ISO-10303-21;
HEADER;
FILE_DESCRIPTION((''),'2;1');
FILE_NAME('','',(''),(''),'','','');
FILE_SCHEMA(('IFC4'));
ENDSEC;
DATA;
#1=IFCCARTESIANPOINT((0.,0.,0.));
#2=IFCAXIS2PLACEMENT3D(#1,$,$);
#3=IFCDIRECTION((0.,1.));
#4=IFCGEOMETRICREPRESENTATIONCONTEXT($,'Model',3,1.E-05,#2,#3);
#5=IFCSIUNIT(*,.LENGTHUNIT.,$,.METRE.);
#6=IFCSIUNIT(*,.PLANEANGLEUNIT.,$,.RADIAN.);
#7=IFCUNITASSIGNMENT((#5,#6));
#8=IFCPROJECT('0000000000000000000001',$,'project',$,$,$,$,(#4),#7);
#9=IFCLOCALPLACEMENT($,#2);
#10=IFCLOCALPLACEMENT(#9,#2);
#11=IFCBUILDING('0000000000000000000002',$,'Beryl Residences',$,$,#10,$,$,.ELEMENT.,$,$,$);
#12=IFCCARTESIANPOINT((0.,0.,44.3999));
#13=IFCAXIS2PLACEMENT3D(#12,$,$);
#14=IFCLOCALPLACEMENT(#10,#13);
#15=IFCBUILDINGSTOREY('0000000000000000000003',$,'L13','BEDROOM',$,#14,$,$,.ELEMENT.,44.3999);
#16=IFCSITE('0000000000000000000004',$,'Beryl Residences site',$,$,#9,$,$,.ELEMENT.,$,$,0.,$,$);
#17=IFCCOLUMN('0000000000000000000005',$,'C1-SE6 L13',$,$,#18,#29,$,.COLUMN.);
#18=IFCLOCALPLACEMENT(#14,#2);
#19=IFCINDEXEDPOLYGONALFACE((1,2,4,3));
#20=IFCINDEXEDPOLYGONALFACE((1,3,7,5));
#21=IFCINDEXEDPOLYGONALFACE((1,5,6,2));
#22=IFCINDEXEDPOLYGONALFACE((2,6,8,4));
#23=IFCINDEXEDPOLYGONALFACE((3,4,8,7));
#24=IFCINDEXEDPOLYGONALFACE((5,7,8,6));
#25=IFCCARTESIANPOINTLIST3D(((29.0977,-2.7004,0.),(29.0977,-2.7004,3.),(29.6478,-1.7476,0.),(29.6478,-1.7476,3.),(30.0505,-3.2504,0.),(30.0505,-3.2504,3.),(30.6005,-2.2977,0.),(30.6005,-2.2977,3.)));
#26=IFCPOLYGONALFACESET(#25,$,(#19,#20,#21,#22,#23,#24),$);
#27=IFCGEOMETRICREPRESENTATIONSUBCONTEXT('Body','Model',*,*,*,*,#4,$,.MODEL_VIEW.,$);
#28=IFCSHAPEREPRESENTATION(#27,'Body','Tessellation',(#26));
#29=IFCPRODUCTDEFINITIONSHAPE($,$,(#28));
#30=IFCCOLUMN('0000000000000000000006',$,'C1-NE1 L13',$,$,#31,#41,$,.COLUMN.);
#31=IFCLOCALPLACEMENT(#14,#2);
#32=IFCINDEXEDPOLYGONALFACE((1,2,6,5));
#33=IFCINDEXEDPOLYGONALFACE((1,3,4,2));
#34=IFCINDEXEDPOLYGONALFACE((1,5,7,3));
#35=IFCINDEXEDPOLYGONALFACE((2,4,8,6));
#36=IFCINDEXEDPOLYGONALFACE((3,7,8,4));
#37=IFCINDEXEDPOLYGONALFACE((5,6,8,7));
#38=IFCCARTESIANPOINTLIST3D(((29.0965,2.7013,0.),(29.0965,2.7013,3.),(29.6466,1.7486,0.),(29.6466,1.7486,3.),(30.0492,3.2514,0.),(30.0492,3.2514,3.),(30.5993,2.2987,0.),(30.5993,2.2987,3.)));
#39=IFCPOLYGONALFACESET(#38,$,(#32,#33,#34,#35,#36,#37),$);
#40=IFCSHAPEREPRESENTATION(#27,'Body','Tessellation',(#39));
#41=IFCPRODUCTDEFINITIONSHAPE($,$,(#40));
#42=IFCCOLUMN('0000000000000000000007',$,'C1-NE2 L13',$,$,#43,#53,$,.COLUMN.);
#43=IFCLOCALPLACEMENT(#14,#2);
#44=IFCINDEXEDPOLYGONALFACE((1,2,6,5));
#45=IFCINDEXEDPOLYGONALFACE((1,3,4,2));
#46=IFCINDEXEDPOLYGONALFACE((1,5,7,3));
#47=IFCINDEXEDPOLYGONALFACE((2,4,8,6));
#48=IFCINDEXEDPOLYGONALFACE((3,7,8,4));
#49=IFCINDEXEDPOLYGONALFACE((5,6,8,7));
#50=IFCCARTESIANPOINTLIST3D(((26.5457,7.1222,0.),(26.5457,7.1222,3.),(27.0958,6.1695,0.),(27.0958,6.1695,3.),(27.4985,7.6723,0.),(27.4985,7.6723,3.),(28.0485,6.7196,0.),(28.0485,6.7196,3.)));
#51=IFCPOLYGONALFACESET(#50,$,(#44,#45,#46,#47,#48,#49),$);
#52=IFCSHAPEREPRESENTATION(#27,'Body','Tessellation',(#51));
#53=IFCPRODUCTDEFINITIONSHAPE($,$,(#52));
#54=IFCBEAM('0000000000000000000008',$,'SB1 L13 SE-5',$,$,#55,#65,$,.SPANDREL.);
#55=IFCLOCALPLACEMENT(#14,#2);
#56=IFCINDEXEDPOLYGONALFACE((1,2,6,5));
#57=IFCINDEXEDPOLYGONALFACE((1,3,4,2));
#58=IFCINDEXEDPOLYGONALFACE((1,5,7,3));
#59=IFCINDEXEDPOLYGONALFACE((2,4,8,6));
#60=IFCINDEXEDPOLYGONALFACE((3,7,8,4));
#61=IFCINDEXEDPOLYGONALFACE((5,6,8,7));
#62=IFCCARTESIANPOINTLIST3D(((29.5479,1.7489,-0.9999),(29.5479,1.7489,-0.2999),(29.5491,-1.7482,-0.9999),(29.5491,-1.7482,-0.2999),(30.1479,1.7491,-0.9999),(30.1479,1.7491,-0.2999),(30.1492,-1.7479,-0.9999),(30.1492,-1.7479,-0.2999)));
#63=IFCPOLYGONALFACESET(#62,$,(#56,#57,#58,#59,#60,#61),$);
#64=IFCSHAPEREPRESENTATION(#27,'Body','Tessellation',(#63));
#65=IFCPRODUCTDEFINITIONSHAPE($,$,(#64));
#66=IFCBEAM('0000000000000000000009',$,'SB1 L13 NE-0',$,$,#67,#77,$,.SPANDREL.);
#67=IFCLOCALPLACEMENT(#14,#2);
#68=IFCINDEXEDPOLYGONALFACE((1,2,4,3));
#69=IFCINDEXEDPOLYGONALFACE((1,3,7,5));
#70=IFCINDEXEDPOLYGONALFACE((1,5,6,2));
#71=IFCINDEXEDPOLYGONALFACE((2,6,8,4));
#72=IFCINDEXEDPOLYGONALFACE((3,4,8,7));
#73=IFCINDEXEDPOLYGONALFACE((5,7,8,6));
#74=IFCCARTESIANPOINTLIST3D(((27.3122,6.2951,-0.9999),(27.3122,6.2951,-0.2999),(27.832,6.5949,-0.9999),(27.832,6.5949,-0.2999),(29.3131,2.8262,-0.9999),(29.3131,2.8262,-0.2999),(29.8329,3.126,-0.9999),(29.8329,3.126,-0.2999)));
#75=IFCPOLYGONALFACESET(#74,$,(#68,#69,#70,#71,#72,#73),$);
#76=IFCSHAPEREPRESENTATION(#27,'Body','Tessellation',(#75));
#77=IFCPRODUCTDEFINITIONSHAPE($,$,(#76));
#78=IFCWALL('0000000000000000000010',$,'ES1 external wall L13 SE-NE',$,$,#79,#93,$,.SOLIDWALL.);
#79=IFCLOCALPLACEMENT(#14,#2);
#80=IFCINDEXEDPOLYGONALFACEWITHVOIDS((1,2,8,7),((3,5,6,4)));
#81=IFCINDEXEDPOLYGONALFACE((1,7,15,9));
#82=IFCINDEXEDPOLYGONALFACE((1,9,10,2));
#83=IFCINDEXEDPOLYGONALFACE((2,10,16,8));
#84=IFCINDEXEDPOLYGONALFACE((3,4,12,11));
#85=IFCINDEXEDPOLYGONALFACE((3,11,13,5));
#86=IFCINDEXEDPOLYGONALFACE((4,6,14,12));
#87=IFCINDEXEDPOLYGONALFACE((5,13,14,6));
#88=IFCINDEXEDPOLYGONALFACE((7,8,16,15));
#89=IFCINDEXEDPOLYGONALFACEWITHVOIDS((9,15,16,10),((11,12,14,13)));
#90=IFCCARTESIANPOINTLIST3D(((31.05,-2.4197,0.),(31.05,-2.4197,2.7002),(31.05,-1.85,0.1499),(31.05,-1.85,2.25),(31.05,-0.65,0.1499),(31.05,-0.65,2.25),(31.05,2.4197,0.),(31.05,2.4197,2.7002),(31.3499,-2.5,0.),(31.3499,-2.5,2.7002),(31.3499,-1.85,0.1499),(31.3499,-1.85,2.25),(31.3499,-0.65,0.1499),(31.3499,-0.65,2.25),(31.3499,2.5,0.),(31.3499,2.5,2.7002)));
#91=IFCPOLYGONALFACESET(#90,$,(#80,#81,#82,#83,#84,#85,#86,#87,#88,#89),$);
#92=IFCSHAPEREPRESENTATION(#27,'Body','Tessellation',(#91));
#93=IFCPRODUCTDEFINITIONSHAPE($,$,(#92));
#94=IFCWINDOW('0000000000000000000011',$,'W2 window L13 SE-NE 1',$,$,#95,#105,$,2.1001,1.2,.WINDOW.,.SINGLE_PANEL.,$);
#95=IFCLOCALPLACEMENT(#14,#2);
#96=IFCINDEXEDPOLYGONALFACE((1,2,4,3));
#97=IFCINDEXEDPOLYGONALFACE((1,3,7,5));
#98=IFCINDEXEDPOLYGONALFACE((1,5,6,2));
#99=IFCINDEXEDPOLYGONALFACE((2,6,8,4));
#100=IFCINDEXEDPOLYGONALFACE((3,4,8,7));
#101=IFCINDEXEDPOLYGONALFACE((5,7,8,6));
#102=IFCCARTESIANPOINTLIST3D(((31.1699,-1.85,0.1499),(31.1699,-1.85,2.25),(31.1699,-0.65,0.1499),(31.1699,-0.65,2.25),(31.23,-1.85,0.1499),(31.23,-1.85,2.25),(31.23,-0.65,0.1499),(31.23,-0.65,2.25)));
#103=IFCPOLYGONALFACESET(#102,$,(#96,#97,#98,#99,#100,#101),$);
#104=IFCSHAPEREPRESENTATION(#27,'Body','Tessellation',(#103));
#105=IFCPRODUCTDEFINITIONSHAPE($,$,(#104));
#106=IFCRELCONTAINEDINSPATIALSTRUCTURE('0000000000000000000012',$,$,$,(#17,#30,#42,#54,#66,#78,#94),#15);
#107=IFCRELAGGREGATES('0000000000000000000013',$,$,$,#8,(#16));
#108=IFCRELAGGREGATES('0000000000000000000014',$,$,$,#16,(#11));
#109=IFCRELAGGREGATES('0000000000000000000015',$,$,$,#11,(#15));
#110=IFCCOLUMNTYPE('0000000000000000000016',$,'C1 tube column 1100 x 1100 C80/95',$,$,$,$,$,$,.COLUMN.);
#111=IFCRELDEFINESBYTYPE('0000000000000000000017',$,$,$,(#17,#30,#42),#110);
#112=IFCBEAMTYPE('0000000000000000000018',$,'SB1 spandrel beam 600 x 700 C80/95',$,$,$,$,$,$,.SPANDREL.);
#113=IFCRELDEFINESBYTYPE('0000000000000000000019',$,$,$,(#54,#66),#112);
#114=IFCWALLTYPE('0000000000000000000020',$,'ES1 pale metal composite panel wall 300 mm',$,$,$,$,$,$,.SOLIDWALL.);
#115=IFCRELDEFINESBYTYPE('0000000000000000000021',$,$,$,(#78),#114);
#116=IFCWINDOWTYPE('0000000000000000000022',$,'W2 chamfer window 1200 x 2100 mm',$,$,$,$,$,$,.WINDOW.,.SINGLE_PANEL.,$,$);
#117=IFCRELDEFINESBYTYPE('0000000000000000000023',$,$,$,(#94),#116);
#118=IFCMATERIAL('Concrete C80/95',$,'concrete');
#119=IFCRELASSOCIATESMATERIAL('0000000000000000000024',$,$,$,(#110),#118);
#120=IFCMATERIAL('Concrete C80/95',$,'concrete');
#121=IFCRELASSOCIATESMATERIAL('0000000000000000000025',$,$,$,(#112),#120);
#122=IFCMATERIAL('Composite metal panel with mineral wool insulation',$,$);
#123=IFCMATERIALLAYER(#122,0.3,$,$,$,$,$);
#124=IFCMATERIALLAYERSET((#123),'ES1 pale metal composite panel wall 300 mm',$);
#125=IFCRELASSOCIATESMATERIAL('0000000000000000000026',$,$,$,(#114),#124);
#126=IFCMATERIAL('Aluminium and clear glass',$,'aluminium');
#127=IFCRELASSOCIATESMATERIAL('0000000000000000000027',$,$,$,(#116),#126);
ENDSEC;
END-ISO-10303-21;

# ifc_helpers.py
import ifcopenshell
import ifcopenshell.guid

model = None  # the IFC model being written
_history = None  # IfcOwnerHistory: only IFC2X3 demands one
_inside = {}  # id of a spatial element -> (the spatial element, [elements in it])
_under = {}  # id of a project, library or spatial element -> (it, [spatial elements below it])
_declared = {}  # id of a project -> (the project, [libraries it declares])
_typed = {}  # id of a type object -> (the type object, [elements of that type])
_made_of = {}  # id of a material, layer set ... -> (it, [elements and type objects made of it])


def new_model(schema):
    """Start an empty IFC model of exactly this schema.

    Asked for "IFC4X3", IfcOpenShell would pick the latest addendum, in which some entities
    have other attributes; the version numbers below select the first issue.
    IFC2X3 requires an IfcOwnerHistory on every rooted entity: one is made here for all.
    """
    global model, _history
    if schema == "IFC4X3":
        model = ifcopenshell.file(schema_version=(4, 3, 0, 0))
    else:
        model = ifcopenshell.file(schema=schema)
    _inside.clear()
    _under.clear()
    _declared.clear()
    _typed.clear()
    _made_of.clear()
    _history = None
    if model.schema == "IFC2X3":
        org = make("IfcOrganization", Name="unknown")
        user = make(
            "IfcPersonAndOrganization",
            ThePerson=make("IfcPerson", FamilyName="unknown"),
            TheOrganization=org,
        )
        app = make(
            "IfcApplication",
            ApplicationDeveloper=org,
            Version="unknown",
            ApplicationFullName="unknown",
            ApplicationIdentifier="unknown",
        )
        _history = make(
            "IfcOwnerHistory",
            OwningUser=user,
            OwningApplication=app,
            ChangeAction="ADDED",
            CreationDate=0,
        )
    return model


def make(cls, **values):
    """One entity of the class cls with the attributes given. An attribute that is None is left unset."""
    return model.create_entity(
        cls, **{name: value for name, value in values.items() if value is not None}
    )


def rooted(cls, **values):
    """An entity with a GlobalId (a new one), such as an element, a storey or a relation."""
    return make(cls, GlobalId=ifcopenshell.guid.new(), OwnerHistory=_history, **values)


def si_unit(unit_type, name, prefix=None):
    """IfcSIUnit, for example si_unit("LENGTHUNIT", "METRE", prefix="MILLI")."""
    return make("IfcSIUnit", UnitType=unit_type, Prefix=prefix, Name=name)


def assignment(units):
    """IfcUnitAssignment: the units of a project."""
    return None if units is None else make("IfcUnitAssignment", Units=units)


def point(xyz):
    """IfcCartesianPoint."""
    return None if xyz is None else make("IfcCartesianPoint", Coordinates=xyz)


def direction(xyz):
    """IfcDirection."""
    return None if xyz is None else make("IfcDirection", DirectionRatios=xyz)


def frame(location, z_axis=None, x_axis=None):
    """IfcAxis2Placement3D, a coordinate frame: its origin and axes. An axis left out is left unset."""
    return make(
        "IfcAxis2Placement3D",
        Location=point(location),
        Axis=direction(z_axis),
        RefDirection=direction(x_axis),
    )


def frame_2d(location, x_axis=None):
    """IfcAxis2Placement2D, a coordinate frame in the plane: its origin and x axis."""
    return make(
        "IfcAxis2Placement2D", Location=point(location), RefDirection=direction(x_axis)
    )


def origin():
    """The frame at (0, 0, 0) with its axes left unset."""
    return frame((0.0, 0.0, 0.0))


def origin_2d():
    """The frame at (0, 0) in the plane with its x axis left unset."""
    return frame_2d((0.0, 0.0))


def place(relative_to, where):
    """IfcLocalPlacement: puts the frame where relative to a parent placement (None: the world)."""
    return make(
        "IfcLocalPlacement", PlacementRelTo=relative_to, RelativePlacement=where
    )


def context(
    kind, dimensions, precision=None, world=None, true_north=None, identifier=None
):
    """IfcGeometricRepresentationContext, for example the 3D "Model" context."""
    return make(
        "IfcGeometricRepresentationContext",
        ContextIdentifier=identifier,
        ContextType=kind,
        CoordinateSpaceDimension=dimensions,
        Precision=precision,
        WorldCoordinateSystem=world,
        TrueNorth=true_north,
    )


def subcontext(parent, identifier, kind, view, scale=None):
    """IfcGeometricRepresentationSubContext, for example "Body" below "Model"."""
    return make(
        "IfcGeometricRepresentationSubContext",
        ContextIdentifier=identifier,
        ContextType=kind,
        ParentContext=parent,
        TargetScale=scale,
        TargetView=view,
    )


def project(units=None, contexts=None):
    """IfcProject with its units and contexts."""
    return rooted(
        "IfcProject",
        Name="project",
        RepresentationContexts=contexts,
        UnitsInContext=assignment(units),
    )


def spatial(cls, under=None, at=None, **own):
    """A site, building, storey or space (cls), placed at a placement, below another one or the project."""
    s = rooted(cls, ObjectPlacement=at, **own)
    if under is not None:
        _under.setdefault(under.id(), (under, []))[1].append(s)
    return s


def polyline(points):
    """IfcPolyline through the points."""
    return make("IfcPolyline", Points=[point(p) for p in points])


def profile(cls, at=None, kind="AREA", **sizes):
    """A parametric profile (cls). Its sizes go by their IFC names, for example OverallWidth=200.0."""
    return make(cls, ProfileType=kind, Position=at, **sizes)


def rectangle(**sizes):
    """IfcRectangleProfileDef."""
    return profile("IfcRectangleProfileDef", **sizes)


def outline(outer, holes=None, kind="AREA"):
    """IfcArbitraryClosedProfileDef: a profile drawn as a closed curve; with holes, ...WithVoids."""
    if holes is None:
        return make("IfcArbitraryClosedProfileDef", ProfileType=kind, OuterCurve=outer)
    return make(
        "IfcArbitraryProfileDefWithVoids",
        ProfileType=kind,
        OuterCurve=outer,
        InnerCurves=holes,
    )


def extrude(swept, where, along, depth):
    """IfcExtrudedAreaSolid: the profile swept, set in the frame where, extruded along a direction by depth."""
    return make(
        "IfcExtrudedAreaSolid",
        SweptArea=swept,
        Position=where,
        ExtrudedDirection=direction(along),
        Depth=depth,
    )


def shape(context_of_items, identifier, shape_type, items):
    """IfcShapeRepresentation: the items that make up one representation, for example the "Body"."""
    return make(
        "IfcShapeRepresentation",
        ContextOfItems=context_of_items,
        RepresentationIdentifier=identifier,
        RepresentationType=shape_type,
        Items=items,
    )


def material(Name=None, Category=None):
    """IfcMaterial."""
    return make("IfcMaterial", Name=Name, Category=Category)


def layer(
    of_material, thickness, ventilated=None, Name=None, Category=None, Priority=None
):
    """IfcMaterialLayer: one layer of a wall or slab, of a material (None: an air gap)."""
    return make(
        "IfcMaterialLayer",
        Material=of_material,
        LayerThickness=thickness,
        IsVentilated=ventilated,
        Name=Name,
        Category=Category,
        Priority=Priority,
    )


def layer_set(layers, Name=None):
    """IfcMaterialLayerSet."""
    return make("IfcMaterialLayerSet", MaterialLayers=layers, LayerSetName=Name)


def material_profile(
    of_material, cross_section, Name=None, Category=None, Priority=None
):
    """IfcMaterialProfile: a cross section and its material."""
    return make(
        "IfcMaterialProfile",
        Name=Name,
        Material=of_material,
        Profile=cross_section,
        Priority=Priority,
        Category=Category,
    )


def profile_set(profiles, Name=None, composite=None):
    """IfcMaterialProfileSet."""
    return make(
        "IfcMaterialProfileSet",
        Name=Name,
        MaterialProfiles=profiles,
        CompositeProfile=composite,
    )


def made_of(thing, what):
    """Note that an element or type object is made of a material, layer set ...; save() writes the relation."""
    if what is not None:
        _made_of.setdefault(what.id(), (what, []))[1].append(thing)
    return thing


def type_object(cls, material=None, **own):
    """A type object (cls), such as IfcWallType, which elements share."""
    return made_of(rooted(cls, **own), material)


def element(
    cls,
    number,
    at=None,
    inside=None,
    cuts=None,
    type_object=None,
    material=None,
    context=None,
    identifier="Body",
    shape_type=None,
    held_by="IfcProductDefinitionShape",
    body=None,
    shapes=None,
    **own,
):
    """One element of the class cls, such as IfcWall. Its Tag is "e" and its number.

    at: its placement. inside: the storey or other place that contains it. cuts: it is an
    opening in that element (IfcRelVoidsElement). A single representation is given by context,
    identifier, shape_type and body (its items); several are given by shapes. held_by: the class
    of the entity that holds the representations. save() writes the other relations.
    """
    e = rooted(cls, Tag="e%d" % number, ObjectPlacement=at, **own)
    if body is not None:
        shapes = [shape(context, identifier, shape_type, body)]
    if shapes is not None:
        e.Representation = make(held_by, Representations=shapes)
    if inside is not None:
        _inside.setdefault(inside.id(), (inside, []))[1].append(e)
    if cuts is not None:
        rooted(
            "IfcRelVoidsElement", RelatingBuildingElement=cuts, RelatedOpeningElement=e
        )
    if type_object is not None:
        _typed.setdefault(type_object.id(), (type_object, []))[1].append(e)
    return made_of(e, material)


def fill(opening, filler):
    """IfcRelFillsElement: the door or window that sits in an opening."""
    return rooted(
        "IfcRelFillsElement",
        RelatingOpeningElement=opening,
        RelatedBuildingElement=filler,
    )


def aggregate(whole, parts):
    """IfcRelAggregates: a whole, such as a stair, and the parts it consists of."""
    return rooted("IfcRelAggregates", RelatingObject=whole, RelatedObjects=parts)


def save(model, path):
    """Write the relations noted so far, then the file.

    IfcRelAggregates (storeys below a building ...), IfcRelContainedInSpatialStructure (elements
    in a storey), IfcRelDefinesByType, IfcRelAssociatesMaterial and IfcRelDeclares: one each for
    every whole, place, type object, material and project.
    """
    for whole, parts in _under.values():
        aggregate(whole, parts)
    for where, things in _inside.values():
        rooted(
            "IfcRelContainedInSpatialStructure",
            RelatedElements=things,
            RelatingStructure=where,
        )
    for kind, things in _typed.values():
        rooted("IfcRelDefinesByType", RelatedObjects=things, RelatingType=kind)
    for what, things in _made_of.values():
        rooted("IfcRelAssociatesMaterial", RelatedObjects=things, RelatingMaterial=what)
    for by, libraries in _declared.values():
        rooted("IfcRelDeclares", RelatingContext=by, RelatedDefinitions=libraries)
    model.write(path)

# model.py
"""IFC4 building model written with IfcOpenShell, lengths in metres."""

from ifc_helpers import new_model, si_unit, direction, frame, frame_2d, origin, origin_2d, place, context, subcontext, project, spatial, polyline, rectangle, outline, extrude, material, layer, layer_set, material_profile, profile_set, type_object, element, fill, save


model = new_model("IFC4")

# Units and contexts
model_context = context("Model", 3, precision=1e-05, world=origin(), true_north=direction((0.0, 1.0)))
body_context = subcontext(model_context, "Body", "Model", "MODEL_VIEW")
ifc_project = project(units=[si_unit("LENGTHUNIT", "METRE"), si_unit("PLANEANGLEUNIT", "RADIAN")], contexts=[model_context])

# Site, building, storey
site_placement = place(None, origin())
site = spatial("IfcSite", under=ifc_project, at=site_placement, Name="Beryl Residences site", CompositionType="ELEMENT", RefElevation=0.0)
building_placement = place(site_placement, origin())
building = spatial("IfcBuilding", under=site, at=building_placement, Name="Beryl Residences", CompositionType="ELEMENT")
storey_placement = place(building_placement, frame((0.0, 0.0, 44.3999)))
storey = spatial("IfcBuildingStorey", under=building, at=storey_placement, Name="L13", Description="BEDROOM", CompositionType="ELEMENT", Elevation=44.3999)

# Columns
ifc_material_1 = material(Name="Concrete C80/95", Category="concrete")
ifc_material_profile_1 = material_profile(ifc_material_1, rectangle(XDim=1.1001, YDim=1.1001, at=origin_2d()))
ifc_profile_set_1 = profile_set([ifc_material_profile_1], Name="Concrete C80/95")
column_type = type_object("IfcColumnType", Name="C1 tube column 1100 x 1100 C80/95", PredefinedType="COLUMN", material=ifc_profile_set_1)
for number, where, z_axis, x_axis, name in (
    (1, (29.8491, -2.499, 0.0), (0.0, 0.0, 1.0), (0.499985, 0.866034, 0.0), "C1-SE6 L13"),
    (2, (29.8479, 2.5, 0.0), (0.0, 0.0, 1.0), (-0.499985, 0.866034, 0.0), "C1-NE1 L13"),
    (3, (27.2971, 6.9209, 0.0), (0.0, 0.0, 1.0), (-0.499985, 0.866034, 0.0), "C1-NE2 L13"),
):
    element("IfcColumn", number, at=place(storey_placement, frame(where, z_axis=z_axis, x_axis=x_axis)), inside=storey, type_object=column_type, Name=name, PredefinedType="COLUMN", context=body_context, shape_type="SweptSolid", body=[
        extrude(rectangle(XDim=1.1001, YDim=1.1001, at=origin_2d()), origin(), (0.0, 0.0, 1.0), 3.0),
    ])

# Beams
ifc_material_2 = material(Name="Concrete C80/95", Category="concrete")
ifc_material_profile_2 = material_profile(ifc_material_2, rectangle(XDim=0.6001, YDim=0.7, at=origin_2d()))
ifc_profile_set_2 = profile_set([ifc_material_profile_2], Name="Concrete C80/95")
beam_type = type_object("IfcBeamType", Name="SB1 spandrel beam 600 x 700 C80/95", PredefinedType="SPANDREL", material=ifc_profile_set_2)
beam_1_placement = place(storey_placement, frame((29.8491, -1.748, -0.6499), z_axis=(-0.000349, 1.0, 0.0), x_axis=(-1.0, -0.000349, 0.0)))
element("IfcBeam", 4, at=beam_1_placement, inside=storey, type_object=beam_type, Name="SB1 L13 SE-5", PredefinedType="SPANDREL", context=body_context, shape_type="SweptSolid", body=[
    extrude(rectangle(XDim=0.6001, YDim=0.7, at=origin_2d()), origin(), (0.0, 0.0, 1.0), 3.4971),
])
beam_2_placement = place(storey_placement, frame((29.573, 2.9761, -0.6499), z_axis=(-0.499654, 0.866225, 0.0), x_axis=(-0.866225, -0.499654, 0.0)))
element("IfcBeam", 5, at=beam_2_placement, inside=storey, type_object=beam_type, Name="SB1 L13 NE-0", PredefinedType="SPANDREL", context=body_context, shape_type="SweptSolid", body=[
    extrude(rectangle(XDim=0.6001, YDim=0.7, at=origin_2d()), origin(), (0.0, 0.0, 1.0), 4.0046),
])

# Wall, opening, window
ifc_material_3 = material(Name="Composite metal panel with mineral wool insulation")
ifc_layer = layer(ifc_material_3, 0.3)
ifc_layer_set = layer_set([ifc_layer], Name="ES1 pale metal composite panel wall 300 mm")
wall_type = type_object("IfcWallType", Name="ES1 pale metal composite panel wall 300 mm", PredefinedType="SOLIDWALL", material=ifc_layer_set)
wall_1_placement = place(storey_placement, frame((31.2, -2.5, 0.0), z_axis=(0.0, 0.0, 1.0), x_axis=(0.0, 1.0, 0.0)))
wall_1 = element("IfcWall", 6, at=wall_1_placement, inside=storey, type_object=wall_type, Name="ES1 external wall L13 SE-NE", PredefinedType="SOLIDWALL", context=body_context, shape_type="SweptSolid", body=[
    extrude(outline(polyline([(0.0, -0.1499), (5.0, -0.1499), (4.9197, 0.1499), (0.0803, 0.1499), (0.0, -0.1499)])), origin(), (0.0, 0.0, 1.0), 2.7002),
])
opening_1_placement = place(wall_1_placement, frame((0.6499, 0.0, 0.1499)))
opening_1 = element("IfcOpeningElement", 7, at=opening_1_placement, cuts=wall_1, PredefinedType="OPENING", context=body_context, shape_type="SweptSolid", body=[
    extrude(rectangle(XDim=1.2, YDim=2.1001, at=frame_2d((0.6001, 1.05))), frame((0.0, 0.1599, 0.0), z_axis=(0.0, -1.0, 0.0), x_axis=(1.0, 0.0, 0.0)), (0.0, 0.0, 1.0), 0.3201),
])
ifc_material_4 = material(Name="Aluminium and clear glass", Category="aluminium")
window_type_1 = type_object("IfcWindowType", Name="W2 chamfer window 1200 x 2100 mm", PartitioningType="SINGLE_PANEL", PredefinedType="WINDOW", material=ifc_material_4)
window_1_placement = place(opening_1_placement, origin())
window_1 = element("IfcWindow", 8, at=window_1_placement, inside=storey, type_object=window_type_1, Name="W2 window L13 SE-NE 1", OverallHeight=2.1001, OverallWidth=1.2, PartitioningType="SINGLE_PANEL", PredefinedType="WINDOW", context=body_context, shape_type="SweptSolid", body=[
    extrude(rectangle(XDim=1.2, YDim=2.1001, at=frame_2d((0.6001, 1.05))), frame((0.0, 0.03, 0.0), z_axis=(0.0, -1.0, 0.0), x_axis=(1.0, 0.0, 0.0)), (0.0, 0.0, 1.0), 0.0601),
])
fill(opening_1, window_1)

save(model, "model.ifc")
